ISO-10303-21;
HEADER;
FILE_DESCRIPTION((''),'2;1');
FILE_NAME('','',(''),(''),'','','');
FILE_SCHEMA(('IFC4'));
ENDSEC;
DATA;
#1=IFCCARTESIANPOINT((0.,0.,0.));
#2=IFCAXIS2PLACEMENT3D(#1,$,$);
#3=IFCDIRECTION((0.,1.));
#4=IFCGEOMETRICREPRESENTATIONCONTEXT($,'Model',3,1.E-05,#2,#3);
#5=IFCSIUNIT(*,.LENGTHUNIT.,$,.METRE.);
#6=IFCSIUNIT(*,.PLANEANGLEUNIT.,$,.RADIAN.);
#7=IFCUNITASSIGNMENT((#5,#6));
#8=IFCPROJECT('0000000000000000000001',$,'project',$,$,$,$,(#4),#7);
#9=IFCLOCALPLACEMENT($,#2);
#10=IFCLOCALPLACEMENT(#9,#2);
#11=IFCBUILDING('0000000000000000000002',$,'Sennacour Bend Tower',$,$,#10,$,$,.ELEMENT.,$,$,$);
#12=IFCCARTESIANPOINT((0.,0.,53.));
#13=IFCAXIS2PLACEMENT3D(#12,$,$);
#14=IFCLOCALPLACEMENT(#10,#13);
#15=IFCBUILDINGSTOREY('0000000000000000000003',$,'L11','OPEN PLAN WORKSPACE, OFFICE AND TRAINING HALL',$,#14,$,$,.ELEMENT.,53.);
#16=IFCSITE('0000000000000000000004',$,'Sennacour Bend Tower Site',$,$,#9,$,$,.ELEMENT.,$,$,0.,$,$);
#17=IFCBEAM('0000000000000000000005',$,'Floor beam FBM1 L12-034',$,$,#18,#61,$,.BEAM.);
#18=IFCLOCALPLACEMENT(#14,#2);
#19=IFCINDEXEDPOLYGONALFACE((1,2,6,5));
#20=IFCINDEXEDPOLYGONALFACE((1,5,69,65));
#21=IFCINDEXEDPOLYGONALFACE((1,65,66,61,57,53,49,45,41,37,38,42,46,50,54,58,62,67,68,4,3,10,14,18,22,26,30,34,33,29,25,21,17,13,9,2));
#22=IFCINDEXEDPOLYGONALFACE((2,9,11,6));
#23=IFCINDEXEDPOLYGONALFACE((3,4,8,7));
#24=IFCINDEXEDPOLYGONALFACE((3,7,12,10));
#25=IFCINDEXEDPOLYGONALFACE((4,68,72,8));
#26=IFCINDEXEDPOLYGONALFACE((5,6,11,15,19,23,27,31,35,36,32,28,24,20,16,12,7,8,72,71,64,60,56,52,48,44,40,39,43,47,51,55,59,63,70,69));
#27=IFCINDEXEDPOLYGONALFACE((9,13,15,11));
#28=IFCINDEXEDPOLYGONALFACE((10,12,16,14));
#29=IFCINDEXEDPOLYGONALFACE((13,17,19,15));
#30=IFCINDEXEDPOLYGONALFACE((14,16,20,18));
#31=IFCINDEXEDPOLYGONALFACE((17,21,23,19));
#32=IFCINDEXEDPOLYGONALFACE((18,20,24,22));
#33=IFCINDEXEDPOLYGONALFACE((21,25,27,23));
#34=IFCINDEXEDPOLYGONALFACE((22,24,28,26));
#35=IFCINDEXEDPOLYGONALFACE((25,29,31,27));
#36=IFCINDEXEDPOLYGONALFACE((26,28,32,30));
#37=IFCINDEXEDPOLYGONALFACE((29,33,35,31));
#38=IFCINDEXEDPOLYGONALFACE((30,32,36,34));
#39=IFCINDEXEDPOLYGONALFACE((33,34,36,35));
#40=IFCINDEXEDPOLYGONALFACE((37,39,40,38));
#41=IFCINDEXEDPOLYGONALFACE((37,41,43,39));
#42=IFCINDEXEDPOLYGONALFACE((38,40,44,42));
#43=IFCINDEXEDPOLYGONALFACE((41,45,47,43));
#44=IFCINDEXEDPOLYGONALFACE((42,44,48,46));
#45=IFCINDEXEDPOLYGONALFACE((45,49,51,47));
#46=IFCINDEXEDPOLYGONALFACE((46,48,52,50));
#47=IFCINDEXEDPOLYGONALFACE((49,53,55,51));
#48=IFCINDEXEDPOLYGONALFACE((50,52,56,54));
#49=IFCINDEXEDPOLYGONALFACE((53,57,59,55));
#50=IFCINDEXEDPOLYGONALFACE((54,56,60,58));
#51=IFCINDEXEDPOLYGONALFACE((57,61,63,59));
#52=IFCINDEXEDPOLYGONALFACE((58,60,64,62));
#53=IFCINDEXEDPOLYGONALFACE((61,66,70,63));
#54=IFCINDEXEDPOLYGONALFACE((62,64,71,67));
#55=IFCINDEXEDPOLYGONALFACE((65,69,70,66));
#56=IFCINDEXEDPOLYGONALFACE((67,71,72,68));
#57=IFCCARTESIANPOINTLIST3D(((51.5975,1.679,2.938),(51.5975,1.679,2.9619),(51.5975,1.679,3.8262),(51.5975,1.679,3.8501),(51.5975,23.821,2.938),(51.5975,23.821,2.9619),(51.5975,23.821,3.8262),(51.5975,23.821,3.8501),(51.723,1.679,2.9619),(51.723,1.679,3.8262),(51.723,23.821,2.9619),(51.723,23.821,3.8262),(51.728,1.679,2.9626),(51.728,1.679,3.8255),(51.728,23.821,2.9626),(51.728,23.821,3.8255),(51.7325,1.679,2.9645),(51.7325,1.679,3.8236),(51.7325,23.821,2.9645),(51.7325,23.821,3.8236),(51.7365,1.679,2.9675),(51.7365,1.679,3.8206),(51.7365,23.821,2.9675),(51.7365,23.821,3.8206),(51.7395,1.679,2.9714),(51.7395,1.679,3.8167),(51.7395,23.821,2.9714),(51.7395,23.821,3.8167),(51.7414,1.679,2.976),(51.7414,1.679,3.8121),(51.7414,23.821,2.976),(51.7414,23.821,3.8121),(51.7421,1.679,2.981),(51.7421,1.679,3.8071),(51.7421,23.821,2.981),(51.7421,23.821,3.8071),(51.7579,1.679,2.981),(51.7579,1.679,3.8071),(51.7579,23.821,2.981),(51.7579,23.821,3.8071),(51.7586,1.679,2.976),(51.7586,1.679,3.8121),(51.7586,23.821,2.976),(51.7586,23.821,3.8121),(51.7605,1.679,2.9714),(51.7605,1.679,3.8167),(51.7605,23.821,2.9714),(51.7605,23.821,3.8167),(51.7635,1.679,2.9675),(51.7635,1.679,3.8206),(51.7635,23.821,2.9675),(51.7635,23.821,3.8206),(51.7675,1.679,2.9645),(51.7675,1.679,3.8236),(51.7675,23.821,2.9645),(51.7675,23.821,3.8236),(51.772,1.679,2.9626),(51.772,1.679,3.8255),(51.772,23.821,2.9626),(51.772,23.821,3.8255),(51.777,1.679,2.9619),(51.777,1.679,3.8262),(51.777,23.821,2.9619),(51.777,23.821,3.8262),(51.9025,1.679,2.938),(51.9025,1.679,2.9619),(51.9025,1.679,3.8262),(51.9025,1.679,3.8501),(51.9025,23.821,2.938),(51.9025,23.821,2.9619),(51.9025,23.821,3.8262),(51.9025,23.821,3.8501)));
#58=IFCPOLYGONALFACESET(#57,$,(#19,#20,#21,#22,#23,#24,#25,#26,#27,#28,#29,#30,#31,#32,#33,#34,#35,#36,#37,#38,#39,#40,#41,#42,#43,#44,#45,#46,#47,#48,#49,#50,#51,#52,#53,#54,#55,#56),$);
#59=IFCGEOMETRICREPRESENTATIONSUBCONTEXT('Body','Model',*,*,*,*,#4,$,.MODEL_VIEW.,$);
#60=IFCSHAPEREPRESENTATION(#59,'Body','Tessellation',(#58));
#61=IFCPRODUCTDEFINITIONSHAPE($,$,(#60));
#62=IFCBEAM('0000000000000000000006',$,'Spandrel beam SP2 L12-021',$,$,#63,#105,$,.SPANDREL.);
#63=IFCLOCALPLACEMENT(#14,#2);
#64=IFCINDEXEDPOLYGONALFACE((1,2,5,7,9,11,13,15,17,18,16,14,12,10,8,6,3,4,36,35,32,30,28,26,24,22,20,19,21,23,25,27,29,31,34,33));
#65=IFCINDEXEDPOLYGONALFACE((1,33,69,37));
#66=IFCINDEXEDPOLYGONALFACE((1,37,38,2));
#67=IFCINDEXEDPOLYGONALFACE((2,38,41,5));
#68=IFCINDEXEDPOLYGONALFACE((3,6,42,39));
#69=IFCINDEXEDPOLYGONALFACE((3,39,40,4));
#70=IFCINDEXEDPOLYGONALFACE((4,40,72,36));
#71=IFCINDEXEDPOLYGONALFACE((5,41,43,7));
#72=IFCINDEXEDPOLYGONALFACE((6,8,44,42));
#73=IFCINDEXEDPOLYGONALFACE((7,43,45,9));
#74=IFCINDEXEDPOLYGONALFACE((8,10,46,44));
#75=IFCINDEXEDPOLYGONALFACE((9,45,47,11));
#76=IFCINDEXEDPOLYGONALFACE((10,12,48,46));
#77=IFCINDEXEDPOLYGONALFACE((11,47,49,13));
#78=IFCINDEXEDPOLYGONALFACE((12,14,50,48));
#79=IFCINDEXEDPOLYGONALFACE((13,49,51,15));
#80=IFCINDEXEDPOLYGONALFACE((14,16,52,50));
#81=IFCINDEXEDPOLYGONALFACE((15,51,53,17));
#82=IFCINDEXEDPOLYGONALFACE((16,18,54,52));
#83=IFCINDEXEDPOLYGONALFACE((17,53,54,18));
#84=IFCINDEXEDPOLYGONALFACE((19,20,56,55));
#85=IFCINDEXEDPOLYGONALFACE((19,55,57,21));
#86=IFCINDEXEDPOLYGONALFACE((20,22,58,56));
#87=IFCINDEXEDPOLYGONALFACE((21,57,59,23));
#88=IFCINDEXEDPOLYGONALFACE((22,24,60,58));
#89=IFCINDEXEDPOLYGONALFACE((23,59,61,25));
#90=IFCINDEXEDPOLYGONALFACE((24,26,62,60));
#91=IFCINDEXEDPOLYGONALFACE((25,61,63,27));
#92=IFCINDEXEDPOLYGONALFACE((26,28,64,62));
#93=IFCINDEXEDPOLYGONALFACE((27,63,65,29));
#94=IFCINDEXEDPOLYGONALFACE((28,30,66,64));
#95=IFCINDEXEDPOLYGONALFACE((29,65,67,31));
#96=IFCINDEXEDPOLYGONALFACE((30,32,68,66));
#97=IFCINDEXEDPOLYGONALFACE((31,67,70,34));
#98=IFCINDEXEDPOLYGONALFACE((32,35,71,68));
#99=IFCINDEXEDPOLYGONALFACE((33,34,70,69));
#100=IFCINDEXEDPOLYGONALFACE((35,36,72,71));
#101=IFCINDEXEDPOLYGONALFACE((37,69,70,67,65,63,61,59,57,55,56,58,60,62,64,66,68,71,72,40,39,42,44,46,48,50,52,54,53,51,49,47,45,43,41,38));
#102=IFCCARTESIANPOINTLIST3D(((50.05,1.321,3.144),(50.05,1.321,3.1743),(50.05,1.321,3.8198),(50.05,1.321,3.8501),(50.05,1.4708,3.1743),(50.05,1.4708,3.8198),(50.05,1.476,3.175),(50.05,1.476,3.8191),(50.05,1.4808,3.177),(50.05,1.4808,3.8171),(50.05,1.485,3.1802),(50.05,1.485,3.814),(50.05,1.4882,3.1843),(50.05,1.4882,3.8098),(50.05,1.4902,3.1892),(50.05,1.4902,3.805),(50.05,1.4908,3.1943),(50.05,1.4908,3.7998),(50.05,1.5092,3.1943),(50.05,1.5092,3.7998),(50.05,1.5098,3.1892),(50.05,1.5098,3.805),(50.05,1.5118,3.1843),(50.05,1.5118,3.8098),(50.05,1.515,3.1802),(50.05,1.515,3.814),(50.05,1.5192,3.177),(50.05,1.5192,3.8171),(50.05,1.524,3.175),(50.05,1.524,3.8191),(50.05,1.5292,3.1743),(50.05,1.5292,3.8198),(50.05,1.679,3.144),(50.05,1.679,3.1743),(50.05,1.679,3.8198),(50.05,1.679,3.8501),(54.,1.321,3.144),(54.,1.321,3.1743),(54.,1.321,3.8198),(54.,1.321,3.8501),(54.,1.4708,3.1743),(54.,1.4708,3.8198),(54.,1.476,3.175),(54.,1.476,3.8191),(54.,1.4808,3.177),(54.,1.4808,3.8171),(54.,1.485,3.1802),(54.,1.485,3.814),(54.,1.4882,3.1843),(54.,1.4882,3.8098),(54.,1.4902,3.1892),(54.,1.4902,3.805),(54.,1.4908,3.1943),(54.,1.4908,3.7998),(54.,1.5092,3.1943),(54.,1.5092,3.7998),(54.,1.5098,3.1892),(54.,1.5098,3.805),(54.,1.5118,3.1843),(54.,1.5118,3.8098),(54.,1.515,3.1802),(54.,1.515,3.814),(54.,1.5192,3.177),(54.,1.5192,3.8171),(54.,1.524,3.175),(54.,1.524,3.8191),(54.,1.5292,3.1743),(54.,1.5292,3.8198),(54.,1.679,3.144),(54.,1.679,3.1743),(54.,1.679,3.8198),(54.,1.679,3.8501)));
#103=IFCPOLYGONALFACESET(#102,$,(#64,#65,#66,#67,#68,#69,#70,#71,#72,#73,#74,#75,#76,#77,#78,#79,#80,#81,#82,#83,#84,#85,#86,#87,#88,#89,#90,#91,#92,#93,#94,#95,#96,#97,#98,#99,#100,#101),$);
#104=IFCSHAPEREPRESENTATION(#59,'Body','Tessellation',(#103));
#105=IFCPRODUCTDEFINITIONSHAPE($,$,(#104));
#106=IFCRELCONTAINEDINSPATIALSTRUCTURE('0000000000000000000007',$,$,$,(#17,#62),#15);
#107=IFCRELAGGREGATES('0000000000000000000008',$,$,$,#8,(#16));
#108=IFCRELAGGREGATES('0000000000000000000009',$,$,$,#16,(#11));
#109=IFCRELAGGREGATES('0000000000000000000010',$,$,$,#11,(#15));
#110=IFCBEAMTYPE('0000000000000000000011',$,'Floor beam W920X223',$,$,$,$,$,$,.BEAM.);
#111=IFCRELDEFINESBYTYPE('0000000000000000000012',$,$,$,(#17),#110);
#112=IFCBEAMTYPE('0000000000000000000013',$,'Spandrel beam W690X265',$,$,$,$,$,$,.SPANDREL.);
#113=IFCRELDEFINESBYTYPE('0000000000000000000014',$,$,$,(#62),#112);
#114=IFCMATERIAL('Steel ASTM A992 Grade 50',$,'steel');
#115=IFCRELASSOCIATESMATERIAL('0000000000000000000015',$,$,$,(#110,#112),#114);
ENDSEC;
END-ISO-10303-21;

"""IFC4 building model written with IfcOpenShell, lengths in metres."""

from ifc_helpers import new_model, si_unit, direction, frame, origin, origin_2d, place, context, subcontext, project, spatial, i_section, extrude, material, material_profile, profile_set, type_object, element, save


model = new_model("IFC4")

# Units and contexts
model_context = context("Model", 3, precision=1e-05, world=origin(), true_north=direction((0.0, 1.0)))
body_context = subcontext(model_context, "Body", "Model", "MODEL_VIEW")
ifc_project = project(units=[si_unit("LENGTHUNIT", "METRE"), si_unit("PLANEANGLEUNIT", "RADIAN")], contexts=[model_context])

# Site, building, storey
site_placement = place(None, origin())
site = spatial("IfcSite", under=ifc_project, at=site_placement, Name="Sennacour Bend Tower Site", CompositionType="ELEMENT", RefElevation=0.0)
building_placement = place(site_placement, origin())
building = spatial("IfcBuilding", under=site, at=building_placement, Name="Sennacour Bend Tower", CompositionType="ELEMENT")
storey_placement = place(building_placement, frame((0.0, 0.0, 53.0)))
storey = spatial("IfcBuildingStorey", under=building, at=storey_placement, Name="L11", Description="OPEN PLAN WORKSPACE, OFFICE AND TRAINING HALL", CompositionType="ELEMENT", Elevation=53.0)

# Beams
ifc_material_1 = material(Name="Steel ASTM A992 Grade 50", Category="steel")
ifc_material_profile_1 = material_profile(ifc_material_1, i_section(OverallWidth=0.3049, OverallDepth=0.9121, WebThickness=0.0159, FlangeThickness=0.0239, FilletRadius=0.019, at=origin_2d()), Name="Steel ASTM A992 Grade 50", Category="steel")
ifc_profile_set_1 = profile_set([ifc_material_profile_1], Name="Steel ASTM A992 Grade 50")
beam_type_1 = type_object("IfcBeamType", Name="Floor beam W920X223", PredefinedType="BEAM", material=ifc_profile_set_1)
beam_1_placement = place(storey_placement, frame((51.75, 1.679, 3.394), z_axis=(0.0, 1.0, 0.0), x_axis=(-1.0, 0.0, 0.0)))
element("IfcBeam", 1, at=beam_1_placement, inside=storey, type_object=beam_type_1, Name="Floor beam FBM1 L12-034", PredefinedType="BEAM", context=body_context, shape_type="SweptSolid", body=[
    extrude(i_section(OverallWidth=0.3049, OverallDepth=0.9121, WebThickness=0.0159, FlangeThickness=0.0239, FilletRadius=0.019, at=origin_2d()), origin(), (0.0, 0.0, 1.0), 22.1421),
])
ifc_material_profile_2 = material_profile(ifc_material_1, i_section(OverallWidth=0.3579, OverallDepth=0.7061, WebThickness=0.0183, FlangeThickness=0.0303, FilletRadius=0.02, at=origin_2d()), Name="Steel ASTM A992 Grade 50", Category="steel")
ifc_profile_set_2 = profile_set([ifc_material_profile_2], Name="Steel ASTM A992 Grade 50")
beam_type_2 = type_object("IfcBeamType", Name="Spandrel beam W690X265", PredefinedType="SPANDREL", material=ifc_profile_set_2)
beam_2_placement = place(storey_placement, frame((54.0, 1.5, 3.4971), z_axis=(-1.0, 0.0, 0.0), x_axis=(0.0, -1.0, 0.0)))
element("IfcBeam", 2, at=beam_2_placement, inside=storey, type_object=beam_type_2, Name="Spandrel beam SP2 L12-021", PredefinedType="SPANDREL", context=body_context, shape_type="SweptSolid", body=[
    extrude(i_section(OverallWidth=0.3579, OverallDepth=0.7061, WebThickness=0.0183, FlangeThickness=0.0303, FilletRadius=0.02, at=origin_2d()), origin(), (0.0, 0.0, 1.0), 3.95),
])

save(model, "model.ifc")
